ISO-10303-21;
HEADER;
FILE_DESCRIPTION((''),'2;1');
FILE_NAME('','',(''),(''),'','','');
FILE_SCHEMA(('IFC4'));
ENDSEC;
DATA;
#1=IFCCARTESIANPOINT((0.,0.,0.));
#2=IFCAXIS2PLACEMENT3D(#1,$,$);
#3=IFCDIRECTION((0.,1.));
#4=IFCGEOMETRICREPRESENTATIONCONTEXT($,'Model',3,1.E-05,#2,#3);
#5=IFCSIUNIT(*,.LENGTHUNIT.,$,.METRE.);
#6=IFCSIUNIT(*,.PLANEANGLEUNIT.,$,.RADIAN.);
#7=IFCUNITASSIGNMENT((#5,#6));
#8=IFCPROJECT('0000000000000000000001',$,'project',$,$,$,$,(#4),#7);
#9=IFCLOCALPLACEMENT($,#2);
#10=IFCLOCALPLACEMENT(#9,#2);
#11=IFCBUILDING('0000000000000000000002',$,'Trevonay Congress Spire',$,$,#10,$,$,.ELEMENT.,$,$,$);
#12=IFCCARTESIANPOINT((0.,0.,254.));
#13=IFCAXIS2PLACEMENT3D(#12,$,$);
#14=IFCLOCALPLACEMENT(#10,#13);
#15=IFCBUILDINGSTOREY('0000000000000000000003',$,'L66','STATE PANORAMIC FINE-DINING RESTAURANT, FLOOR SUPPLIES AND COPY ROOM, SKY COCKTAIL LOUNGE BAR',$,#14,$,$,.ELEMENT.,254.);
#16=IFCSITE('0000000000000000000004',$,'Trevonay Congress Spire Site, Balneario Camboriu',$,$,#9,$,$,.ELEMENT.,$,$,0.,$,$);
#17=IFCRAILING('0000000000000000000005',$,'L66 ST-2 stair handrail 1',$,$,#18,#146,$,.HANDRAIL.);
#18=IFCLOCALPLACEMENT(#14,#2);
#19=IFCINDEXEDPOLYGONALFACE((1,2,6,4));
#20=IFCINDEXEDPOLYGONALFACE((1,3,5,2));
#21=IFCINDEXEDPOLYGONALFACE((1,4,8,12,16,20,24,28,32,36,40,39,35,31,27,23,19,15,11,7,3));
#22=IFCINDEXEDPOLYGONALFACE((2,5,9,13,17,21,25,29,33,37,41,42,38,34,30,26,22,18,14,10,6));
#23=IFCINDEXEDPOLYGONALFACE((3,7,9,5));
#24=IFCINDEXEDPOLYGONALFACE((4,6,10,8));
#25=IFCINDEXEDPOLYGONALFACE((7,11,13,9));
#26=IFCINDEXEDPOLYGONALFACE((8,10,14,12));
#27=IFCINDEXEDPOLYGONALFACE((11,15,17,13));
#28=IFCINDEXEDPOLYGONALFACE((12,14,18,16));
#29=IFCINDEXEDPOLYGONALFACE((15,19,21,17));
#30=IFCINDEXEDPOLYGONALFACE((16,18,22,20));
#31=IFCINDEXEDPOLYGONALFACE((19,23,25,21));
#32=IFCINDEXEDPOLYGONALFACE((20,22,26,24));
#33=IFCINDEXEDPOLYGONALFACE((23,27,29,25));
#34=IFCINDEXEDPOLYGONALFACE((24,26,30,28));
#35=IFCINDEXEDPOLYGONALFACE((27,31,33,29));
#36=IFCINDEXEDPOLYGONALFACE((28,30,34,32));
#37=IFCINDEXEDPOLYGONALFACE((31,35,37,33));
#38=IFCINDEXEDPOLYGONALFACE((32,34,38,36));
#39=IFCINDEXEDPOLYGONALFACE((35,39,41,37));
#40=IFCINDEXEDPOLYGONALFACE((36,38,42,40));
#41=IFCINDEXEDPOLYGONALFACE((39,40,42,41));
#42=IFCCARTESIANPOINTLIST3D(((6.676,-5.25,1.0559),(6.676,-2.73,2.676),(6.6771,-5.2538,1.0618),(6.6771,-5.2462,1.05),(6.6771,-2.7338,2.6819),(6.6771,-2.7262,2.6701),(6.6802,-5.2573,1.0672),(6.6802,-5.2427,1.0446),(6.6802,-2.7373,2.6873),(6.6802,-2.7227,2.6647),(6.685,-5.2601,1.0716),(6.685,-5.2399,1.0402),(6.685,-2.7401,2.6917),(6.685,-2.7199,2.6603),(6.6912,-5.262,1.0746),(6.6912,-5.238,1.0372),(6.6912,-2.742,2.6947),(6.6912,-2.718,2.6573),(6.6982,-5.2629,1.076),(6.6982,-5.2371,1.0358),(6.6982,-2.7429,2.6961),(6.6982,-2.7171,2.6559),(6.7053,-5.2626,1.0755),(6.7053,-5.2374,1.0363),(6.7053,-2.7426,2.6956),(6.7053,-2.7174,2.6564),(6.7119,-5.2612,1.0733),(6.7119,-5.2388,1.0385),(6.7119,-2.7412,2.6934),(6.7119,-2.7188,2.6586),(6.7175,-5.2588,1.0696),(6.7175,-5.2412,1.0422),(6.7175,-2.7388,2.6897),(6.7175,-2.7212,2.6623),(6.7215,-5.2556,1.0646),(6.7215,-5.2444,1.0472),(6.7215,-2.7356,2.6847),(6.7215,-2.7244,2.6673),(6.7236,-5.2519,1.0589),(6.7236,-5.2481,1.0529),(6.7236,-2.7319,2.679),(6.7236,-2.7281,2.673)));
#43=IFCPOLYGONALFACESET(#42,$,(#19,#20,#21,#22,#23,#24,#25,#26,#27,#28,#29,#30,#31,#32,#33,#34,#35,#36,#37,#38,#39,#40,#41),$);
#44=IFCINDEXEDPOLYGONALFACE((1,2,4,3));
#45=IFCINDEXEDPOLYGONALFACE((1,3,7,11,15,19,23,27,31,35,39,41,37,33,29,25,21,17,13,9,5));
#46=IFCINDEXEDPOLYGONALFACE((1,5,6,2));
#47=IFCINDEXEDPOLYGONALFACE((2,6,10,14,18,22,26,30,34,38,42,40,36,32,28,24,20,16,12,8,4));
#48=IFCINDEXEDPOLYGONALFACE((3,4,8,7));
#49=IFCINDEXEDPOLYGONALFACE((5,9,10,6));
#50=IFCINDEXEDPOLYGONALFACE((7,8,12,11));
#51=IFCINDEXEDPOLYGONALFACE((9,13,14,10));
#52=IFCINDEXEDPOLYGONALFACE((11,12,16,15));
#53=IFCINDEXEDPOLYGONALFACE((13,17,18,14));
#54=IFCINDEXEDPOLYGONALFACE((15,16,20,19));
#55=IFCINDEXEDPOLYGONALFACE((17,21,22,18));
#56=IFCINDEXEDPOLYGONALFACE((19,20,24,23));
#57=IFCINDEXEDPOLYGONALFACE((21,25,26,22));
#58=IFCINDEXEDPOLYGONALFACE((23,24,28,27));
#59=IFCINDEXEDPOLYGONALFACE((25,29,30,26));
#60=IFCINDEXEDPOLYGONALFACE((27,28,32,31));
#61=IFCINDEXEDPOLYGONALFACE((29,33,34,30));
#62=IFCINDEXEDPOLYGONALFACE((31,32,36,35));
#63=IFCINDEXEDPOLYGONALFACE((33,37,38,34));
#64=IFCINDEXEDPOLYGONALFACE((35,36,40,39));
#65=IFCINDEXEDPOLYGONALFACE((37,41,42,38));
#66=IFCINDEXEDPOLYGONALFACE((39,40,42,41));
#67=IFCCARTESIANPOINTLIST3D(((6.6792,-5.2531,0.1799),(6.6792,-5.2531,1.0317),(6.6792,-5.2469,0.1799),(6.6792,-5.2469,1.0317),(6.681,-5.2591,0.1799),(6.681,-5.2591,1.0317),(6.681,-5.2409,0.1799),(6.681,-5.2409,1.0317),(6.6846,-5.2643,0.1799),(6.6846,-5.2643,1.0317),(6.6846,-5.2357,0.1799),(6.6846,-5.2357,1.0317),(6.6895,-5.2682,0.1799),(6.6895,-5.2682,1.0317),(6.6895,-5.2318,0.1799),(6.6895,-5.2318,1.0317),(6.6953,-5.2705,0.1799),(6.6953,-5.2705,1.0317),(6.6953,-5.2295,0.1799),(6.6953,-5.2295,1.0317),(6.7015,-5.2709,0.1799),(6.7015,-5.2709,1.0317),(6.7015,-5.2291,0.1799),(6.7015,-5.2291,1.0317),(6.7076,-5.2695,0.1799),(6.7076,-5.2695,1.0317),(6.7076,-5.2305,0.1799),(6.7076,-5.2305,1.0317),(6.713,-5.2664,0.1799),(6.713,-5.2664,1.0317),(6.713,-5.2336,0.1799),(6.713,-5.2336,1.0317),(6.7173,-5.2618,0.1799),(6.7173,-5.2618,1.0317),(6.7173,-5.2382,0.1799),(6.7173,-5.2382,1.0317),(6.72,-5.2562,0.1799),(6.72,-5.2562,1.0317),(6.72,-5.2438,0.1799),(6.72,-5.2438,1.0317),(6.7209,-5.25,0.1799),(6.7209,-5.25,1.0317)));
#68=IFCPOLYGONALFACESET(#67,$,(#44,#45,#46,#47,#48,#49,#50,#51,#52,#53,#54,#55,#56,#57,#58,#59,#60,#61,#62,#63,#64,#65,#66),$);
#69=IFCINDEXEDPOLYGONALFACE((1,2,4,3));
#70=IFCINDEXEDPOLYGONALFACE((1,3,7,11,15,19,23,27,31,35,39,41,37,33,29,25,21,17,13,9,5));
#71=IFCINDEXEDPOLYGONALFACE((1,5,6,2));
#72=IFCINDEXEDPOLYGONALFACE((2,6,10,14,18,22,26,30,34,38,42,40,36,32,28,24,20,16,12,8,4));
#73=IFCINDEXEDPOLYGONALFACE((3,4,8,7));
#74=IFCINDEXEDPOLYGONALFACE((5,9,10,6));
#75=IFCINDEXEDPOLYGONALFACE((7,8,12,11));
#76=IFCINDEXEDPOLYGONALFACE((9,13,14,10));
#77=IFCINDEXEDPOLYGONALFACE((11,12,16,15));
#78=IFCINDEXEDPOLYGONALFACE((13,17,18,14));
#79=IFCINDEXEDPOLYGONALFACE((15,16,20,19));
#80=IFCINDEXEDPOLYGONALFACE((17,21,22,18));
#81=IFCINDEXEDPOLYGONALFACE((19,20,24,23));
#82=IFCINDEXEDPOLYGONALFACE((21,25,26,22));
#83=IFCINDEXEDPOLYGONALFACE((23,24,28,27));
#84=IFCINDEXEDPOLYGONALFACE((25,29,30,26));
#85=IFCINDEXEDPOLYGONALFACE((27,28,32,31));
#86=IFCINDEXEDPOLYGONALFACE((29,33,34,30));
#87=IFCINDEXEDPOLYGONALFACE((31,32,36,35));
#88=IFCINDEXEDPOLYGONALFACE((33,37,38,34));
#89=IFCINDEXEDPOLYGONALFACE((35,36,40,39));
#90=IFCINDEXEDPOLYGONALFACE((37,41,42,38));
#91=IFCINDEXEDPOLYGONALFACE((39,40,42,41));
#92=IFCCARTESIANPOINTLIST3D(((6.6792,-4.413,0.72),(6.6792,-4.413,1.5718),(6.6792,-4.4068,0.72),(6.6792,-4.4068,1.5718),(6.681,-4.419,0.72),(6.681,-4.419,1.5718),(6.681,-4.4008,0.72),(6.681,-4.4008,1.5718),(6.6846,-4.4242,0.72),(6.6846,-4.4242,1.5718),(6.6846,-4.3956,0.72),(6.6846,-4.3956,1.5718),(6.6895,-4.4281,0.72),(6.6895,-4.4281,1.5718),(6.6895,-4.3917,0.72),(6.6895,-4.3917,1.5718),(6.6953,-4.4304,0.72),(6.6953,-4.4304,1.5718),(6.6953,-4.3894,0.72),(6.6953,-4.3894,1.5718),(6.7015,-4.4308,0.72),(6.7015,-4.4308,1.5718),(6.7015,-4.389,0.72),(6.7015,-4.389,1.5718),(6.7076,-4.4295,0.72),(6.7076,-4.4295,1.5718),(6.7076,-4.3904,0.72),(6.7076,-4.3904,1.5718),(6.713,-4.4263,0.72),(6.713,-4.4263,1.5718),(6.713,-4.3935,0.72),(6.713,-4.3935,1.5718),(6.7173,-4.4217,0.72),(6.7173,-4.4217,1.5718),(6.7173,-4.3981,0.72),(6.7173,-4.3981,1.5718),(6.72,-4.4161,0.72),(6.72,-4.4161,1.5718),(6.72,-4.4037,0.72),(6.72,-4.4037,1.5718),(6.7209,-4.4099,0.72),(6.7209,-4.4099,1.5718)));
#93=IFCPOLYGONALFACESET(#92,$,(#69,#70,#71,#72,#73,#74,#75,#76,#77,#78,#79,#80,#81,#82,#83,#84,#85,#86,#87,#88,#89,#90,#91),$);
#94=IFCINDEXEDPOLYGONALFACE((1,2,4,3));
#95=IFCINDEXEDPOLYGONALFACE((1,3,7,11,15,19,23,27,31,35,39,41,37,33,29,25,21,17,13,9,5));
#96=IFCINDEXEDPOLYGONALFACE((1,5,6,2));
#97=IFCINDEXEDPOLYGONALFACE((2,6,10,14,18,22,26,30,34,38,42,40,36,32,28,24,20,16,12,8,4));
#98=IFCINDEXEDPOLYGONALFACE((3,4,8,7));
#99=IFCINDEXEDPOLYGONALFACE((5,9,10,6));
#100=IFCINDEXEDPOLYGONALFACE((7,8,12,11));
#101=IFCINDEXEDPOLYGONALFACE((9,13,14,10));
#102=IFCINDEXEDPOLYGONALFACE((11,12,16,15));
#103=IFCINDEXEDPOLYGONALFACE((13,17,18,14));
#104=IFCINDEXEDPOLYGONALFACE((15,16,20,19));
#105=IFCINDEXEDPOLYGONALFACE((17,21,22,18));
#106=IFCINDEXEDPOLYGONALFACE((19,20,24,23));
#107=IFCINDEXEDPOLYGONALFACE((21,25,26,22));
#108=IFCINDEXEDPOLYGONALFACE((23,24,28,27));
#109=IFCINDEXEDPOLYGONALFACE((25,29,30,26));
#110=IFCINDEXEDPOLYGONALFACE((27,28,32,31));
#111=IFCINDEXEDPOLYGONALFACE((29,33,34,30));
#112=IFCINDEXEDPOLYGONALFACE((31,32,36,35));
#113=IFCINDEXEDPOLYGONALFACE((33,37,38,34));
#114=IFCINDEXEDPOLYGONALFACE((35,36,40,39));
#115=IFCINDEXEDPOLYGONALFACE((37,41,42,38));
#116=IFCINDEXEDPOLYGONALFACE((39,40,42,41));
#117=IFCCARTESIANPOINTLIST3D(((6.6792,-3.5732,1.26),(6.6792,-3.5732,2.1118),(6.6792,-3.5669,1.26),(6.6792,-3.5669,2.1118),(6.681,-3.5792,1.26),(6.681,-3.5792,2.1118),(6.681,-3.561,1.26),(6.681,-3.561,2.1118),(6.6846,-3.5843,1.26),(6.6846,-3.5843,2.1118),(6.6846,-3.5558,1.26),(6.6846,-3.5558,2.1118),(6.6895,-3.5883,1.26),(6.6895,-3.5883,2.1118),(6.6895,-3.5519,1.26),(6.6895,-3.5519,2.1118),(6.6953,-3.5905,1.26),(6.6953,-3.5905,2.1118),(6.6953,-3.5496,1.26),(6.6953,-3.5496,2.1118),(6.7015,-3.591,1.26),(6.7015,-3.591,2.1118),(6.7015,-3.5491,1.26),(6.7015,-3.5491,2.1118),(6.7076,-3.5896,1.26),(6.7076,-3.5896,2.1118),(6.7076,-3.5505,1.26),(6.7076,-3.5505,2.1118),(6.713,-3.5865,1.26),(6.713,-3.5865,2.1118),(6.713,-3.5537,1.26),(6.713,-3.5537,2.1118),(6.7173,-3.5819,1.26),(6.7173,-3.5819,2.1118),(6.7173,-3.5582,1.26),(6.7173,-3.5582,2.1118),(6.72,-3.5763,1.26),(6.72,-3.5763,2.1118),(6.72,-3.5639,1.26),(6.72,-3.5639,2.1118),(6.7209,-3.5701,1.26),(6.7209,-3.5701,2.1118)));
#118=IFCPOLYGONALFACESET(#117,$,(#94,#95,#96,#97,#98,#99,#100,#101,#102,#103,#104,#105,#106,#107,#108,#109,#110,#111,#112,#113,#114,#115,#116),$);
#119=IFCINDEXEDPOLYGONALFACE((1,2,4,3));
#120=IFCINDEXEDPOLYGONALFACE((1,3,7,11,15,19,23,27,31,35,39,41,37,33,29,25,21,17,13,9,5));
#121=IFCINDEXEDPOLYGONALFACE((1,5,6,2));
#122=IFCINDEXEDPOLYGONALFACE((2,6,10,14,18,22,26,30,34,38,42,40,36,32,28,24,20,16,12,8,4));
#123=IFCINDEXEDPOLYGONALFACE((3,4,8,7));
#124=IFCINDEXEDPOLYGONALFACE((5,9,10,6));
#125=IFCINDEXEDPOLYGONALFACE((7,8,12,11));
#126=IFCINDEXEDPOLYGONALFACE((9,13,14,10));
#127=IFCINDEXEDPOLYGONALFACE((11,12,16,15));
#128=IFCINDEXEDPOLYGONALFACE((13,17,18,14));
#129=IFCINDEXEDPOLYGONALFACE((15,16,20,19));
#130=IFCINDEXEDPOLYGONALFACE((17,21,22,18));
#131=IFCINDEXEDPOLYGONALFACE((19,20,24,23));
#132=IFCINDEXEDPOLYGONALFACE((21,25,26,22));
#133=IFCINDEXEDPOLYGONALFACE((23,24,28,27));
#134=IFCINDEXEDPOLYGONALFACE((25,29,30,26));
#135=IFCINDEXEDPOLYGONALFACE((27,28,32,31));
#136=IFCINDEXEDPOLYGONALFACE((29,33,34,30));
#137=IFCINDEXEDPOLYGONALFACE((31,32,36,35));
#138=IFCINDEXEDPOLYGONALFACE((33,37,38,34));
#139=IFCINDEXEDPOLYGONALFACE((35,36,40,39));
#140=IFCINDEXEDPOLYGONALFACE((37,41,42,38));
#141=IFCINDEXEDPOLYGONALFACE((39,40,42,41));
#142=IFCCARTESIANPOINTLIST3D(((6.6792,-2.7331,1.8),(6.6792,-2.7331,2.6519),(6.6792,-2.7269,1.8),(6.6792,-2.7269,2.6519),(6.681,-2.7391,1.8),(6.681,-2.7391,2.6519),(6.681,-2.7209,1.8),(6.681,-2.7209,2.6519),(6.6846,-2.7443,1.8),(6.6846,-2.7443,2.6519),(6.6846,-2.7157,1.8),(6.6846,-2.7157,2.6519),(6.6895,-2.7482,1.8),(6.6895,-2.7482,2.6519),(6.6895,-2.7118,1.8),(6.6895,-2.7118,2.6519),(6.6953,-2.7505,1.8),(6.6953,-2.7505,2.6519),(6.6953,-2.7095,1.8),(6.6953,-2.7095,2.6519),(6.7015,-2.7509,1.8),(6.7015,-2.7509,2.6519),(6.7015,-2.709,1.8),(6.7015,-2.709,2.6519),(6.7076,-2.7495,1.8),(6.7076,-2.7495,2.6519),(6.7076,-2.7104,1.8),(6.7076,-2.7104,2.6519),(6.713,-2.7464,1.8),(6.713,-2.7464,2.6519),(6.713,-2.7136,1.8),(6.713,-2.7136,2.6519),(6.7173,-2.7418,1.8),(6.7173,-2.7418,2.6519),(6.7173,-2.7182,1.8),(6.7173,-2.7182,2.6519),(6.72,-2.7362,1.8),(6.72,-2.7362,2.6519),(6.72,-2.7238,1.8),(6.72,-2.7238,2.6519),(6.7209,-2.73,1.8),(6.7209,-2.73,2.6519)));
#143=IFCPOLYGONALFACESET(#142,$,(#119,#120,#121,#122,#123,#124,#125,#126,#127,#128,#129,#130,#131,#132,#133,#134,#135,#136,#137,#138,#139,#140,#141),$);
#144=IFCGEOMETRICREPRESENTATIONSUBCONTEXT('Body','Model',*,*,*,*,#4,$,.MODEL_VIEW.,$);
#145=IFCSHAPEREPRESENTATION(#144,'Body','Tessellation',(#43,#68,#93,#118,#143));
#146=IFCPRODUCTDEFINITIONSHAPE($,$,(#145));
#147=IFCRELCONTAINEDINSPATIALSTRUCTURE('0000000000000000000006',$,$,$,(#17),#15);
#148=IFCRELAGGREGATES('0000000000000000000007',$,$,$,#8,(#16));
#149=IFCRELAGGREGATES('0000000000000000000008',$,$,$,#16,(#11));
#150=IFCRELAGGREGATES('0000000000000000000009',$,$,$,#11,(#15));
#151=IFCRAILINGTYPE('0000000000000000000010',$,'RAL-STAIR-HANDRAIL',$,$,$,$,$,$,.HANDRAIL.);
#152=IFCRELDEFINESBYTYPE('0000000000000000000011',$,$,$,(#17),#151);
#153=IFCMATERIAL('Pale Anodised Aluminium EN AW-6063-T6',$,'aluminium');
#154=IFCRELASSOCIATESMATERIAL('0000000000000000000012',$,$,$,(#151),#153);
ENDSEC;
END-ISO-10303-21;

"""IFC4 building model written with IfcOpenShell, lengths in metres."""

from ifc_helpers import new_model, si_unit, direction, frame, origin, origin_2d, place, context, subcontext, project, spatial, circle, extrude, material, type_object, element, save


model = new_model("IFC4")

# Units and contexts
model_context = context("Model", 3, precision=1e-05, world=origin(), true_north=direction((0.0, 1.0)))
body_context = subcontext(model_context, "Body", "Model", "MODEL_VIEW")
ifc_project = project(units=[si_unit("LENGTHUNIT", "METRE"), si_unit("PLANEANGLEUNIT", "RADIAN")], contexts=[model_context])

# Site, building, storey
site_placement = place(None, origin())
site = spatial("IfcSite", under=ifc_project, at=site_placement, Name="Trevonay Congress Spire Site, Balneario Camboriu", CompositionType="ELEMENT", RefElevation=0.0)
building_placement = place(site_placement, origin())
building = spatial("IfcBuilding", under=site, at=building_placement, Name="Trevonay Congress Spire", CompositionType="ELEMENT")
storey_placement = place(building_placement, frame((0.0, 0.0, 254.0)))
storey = spatial("IfcBuildingStorey", under=building, at=storey_placement, Name="L66", Description="STATE PANORAMIC FINE-DINING RESTAURANT, FLOOR SUPPLIES AND COPY ROOM, SKY COCKTAIL LOUNGE BAR", CompositionType="ELEMENT", Elevation=254.0)

# Shared definitions
ifc_material_1 = material(Name="Pale Anodised Aluminium EN AW-6063-T6", Category="aluminium")

# Railing
railing_type_1 = type_object("IfcRailingType", Name="RAL-STAIR-HANDRAIL", PredefinedType="HANDRAIL", material=ifc_material_1)
railing_1_placement = place(storey_placement, frame((6.7, -5.25, 0.1799)))
element("IfcRailing", 1, at=railing_1_placement, inside=storey, type_object=railing_type_1, Name="L66 ST-2 stair handrail 1", PredefinedType="HANDRAIL", context=body_context, shape_type="SweptSolid", body=[
    extrude(circle(Radius=0.0239, at=origin_2d()), frame((0.0, 0.0, 0.876), z_axis=(0.0, 0.841163, 0.540782), x_axis=(-1.0, 0.0, 0.0)), (0.0, 0.0, 1.0), 2.9958),
    extrude(circle(Radius=0.021, at=origin_2d()), origin(), (0.0, 0.0, 1.0), 0.8518),
    extrude(circle(Radius=0.021, at=origin_2d()), frame((0.0, 0.8401, 0.54)), (0.0, 0.0, 1.0), 0.8518),
    extrude(circle(Radius=0.021, at=origin_2d()), frame((0.0, 1.6799, 1.0801)), (0.0, 0.0, 1.0), 0.8518),
    extrude(circle(Radius=0.021, at=origin_2d()), frame((0.0, 2.52, 1.6201)), (0.0, 0.0, 1.0), 0.8518),
])

save(model, "model.ifc")
